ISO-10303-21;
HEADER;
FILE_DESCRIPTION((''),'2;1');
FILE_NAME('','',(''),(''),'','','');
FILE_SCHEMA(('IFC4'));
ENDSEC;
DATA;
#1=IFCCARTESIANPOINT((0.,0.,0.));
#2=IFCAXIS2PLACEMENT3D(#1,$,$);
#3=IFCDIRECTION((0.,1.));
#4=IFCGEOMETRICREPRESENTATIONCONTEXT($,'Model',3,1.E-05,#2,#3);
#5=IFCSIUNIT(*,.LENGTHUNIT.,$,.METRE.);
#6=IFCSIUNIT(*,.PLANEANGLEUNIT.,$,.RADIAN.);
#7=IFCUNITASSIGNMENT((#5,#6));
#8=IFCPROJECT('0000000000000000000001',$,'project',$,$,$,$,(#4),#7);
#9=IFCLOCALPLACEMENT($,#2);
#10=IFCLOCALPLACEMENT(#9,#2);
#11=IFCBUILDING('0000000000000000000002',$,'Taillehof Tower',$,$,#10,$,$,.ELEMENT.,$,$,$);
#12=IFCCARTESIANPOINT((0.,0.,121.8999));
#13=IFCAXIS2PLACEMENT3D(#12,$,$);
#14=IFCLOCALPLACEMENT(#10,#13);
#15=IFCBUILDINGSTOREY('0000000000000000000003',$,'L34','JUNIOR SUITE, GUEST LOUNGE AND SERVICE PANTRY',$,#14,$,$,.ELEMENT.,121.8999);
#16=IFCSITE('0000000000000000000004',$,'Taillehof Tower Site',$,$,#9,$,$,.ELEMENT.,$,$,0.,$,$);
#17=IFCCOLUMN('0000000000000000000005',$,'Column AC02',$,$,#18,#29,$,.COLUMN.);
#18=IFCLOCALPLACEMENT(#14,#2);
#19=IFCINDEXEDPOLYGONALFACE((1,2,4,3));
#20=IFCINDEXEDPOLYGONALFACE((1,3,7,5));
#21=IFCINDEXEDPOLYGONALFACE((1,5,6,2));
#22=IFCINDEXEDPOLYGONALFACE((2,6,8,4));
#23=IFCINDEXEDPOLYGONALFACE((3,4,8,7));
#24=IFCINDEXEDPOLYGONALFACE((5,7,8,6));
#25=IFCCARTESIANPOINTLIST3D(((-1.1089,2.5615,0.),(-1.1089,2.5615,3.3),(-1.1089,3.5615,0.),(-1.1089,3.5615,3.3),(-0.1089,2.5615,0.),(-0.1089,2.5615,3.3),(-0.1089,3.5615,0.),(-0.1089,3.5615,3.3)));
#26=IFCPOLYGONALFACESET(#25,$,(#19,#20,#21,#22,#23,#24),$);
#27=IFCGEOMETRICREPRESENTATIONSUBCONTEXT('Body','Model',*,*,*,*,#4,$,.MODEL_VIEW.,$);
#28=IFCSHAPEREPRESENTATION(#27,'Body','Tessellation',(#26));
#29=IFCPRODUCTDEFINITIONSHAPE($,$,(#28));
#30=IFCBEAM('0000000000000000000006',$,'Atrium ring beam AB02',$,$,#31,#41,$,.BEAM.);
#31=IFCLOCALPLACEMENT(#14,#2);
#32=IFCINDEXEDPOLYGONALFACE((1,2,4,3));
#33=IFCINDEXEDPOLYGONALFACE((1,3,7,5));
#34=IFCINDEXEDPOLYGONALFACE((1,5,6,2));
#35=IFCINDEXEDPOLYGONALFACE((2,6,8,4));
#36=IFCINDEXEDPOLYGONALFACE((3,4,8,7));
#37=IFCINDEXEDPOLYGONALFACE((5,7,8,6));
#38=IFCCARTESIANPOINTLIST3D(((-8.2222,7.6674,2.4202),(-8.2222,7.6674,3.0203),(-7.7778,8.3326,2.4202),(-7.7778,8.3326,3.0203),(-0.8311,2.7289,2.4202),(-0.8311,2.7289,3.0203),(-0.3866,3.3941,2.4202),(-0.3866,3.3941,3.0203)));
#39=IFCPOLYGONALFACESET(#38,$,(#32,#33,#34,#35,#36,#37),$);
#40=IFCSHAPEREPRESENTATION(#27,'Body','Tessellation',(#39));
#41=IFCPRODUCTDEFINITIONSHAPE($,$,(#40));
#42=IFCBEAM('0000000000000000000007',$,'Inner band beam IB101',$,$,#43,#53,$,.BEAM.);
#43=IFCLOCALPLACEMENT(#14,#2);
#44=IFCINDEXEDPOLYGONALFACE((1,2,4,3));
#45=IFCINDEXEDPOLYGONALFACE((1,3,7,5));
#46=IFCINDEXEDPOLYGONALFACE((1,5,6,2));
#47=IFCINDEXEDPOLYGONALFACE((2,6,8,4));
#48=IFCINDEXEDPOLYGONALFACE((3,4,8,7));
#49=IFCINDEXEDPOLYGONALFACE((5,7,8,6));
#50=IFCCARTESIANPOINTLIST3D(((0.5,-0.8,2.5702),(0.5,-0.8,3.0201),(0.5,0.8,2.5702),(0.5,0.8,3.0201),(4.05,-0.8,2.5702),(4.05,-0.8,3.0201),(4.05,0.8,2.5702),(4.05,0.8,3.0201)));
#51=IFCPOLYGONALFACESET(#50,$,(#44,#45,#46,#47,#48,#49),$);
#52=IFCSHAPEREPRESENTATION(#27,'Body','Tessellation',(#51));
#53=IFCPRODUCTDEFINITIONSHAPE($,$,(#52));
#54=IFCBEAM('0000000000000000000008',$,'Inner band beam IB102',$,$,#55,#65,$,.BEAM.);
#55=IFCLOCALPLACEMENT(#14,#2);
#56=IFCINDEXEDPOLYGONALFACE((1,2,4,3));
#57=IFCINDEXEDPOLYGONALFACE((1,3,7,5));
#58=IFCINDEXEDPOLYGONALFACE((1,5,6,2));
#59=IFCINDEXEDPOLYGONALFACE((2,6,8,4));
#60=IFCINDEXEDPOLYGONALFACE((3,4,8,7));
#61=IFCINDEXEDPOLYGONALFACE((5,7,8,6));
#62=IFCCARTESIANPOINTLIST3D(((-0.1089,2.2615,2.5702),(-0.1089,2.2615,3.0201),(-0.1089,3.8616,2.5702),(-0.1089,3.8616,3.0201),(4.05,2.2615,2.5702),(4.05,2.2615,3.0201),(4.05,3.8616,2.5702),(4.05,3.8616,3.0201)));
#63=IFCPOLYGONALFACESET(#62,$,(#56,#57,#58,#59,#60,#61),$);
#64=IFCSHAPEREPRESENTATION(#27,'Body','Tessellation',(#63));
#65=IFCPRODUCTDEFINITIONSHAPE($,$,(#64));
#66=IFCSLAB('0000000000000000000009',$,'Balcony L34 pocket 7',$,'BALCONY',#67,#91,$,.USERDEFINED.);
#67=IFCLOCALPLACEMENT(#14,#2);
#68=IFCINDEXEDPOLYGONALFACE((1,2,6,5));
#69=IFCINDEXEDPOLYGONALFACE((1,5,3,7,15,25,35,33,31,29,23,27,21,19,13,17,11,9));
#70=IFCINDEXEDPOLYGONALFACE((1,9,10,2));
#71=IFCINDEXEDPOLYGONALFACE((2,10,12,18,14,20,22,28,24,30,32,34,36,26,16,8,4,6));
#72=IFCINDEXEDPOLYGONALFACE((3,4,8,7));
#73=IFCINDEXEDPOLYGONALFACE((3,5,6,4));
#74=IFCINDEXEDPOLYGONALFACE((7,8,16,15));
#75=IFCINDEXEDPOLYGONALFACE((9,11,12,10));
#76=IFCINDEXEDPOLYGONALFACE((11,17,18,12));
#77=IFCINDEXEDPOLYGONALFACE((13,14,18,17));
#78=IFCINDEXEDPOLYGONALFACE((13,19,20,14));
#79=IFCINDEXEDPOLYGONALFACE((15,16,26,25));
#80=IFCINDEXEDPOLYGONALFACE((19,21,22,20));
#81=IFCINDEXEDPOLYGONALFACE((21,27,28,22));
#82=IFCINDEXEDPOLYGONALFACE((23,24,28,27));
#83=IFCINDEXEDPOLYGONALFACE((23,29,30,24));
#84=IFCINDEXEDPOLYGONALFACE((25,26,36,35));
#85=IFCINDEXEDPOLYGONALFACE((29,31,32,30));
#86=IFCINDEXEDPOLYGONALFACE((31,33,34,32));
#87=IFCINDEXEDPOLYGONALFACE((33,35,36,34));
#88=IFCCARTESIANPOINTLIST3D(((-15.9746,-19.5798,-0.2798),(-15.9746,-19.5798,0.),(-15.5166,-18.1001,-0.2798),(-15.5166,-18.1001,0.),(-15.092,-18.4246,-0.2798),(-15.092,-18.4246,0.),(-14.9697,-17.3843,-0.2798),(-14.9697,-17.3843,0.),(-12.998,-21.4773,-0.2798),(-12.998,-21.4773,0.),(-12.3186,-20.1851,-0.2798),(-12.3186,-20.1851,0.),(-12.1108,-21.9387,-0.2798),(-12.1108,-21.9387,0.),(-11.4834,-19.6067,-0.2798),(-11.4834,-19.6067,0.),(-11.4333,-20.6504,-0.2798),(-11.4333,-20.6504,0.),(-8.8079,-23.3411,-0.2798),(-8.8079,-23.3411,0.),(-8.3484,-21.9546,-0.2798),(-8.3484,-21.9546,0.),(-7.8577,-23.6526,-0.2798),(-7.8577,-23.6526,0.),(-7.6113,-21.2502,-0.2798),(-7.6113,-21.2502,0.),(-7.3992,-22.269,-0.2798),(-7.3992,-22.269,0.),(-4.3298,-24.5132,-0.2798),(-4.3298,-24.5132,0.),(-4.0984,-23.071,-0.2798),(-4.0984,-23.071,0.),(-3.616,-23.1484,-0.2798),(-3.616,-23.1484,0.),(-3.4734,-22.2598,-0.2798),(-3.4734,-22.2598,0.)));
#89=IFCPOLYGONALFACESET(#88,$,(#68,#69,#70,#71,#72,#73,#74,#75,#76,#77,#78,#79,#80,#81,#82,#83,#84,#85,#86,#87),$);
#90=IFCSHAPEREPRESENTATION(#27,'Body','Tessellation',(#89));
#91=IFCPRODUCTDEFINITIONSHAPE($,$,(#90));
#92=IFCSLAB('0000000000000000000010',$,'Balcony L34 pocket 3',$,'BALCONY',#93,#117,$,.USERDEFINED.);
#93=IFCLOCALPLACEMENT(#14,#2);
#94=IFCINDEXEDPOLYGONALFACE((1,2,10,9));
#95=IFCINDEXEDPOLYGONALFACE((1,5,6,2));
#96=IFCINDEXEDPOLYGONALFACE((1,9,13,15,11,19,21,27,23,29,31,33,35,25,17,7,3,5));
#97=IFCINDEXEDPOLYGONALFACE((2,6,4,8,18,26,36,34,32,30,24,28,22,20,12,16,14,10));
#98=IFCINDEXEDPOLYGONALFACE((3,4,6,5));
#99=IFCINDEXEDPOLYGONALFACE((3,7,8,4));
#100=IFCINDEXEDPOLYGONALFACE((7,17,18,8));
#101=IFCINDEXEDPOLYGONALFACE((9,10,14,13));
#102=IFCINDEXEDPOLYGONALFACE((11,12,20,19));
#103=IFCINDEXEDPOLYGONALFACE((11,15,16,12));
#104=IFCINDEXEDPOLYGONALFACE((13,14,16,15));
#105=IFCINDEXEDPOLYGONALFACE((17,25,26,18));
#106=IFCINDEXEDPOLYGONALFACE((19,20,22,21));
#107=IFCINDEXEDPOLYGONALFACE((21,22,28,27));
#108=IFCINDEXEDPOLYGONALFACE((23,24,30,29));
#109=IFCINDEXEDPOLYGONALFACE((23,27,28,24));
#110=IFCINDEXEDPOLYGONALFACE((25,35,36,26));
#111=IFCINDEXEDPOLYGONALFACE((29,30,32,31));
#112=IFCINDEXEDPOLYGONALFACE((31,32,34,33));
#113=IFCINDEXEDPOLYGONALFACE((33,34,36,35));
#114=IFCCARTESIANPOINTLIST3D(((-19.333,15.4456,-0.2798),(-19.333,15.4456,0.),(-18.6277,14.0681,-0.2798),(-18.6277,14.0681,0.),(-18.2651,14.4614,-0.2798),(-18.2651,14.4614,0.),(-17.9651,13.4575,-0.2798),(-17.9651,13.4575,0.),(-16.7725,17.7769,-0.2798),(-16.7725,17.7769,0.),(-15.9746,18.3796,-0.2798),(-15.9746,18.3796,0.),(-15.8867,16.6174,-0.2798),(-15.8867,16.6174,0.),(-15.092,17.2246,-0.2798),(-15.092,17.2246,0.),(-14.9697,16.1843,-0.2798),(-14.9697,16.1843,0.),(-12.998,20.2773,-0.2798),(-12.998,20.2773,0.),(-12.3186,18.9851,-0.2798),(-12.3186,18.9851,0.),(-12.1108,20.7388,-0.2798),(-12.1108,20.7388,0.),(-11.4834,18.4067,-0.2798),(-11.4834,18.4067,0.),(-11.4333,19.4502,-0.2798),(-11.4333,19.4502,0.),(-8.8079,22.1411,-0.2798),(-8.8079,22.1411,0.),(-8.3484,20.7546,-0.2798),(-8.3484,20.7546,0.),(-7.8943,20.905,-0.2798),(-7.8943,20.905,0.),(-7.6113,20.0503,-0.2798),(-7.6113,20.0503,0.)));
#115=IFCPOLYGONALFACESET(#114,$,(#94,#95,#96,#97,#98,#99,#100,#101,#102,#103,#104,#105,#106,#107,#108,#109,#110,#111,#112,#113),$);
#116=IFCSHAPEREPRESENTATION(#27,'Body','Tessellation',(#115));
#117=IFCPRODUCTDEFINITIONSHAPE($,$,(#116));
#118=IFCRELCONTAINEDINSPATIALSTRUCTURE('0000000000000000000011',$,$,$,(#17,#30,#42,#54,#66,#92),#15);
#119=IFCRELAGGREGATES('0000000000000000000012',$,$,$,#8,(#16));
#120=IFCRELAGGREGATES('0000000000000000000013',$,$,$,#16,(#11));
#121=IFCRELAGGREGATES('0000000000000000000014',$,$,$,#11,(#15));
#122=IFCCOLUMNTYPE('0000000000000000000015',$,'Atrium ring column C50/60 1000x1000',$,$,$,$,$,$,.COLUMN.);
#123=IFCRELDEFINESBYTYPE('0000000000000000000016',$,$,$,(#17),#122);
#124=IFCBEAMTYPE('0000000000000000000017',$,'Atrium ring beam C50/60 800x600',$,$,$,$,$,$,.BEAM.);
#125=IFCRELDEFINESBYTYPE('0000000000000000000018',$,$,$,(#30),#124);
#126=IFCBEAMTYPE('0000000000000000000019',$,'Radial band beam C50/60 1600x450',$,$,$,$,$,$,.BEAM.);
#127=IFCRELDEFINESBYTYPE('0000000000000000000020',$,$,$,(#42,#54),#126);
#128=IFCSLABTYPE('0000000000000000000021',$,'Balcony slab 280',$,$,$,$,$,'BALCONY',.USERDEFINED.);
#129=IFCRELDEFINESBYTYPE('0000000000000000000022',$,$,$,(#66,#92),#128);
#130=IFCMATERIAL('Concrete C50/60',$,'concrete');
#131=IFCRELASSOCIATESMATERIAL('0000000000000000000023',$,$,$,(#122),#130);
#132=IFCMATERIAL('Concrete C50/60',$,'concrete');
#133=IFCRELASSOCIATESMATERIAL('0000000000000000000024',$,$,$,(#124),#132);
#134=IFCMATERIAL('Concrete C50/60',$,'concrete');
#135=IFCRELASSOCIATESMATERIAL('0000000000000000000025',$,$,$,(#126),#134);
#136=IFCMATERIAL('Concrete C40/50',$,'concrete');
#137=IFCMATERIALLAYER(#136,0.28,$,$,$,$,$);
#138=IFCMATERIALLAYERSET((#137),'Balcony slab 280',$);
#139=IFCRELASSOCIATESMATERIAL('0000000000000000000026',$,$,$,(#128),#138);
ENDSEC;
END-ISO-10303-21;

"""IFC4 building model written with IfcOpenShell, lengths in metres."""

from ifc_helpers import new_model, si_unit, direction, frame, origin, origin_2d, place, context, subcontext, project, spatial, polyline, rectangle, outline, extrude, material, layer, layer_set, material_profile, profile_set, type_object, element, save


model = new_model("IFC4")

# Units and contexts
model_context = context("Model", 3, precision=1e-05, world=origin(), true_north=direction((0.0, 1.0)))
body_context = subcontext(model_context, "Body", "Model", "MODEL_VIEW")
ifc_project = project(units=[si_unit("LENGTHUNIT", "METRE"), si_unit("PLANEANGLEUNIT", "RADIAN")], contexts=[model_context])

# Site, building, storey
site_placement = place(None, origin())
site = spatial("IfcSite", under=ifc_project, at=site_placement, Name="Taillehof Tower Site", CompositionType="ELEMENT", RefElevation=0.0)
building_placement = place(site_placement, origin())
building = spatial("IfcBuilding", under=site, at=building_placement, Name="Taillehof Tower", CompositionType="ELEMENT")
storey_placement = place(building_placement, frame((0.0, 0.0, 121.8999)))
storey = spatial("IfcBuildingStorey", under=building, at=storey_placement, Name="L34", Description="JUNIOR SUITE, GUEST LOUNGE AND SERVICE PANTRY", CompositionType="ELEMENT", Elevation=121.8999)

# Column
ifc_material_1 = material(Name="Concrete C50/60", Category="concrete")
ifc_material_profile_1 = material_profile(ifc_material_1, rectangle(XDim=1.0, YDim=1.0, at=origin_2d()), Name="RC 1000x1000")
ifc_profile_set_1 = profile_set([ifc_material_profile_1], Name="Concrete C50/60")
column_type = type_object("IfcColumnType", Name="Atrium ring column C50/60 1000x1000", PredefinedType="COLUMN", material=ifc_profile_set_1)
column_placement = place(storey_placement, frame((-0.6089, 3.0615, 0.0), z_axis=(0.0, 0.0, 1.0), x_axis=(1.0, 0.0, 0.0)))
element("IfcColumn", 1, at=column_placement, inside=storey, type_object=column_type, Name="Column AC02", PredefinedType="COLUMN", context=body_context, shape_type="SweptSolid", body=[
    extrude(rectangle(XDim=1.0, YDim=1.0, at=origin_2d()), origin(), (0.0, 0.0, 1.0), 3.3),
])

# Beams
ifc_material_2 = material(Name="Concrete C50/60", Category="concrete")
ifc_material_profile_2 = material_profile(ifc_material_2, rectangle(XDim=0.8, YDim=0.6001, at=origin_2d()), Name="RC 800x600")
ifc_profile_set_2 = profile_set([ifc_material_profile_2], Name="Concrete C50/60")
beam_type_1 = type_object("IfcBeamType", Name="Atrium ring beam C50/60 800x600", PredefinedType="BEAM", material=ifc_profile_set_2)
beam_1_placement = place(storey_placement, frame((-0.6089, 3.0615, 2.7202), z_axis=(-0.831475, 0.555562, 0.0), x_axis=(-0.555562, -0.831475, 0.0)))
element("IfcBeam", 2, at=beam_1_placement, inside=storey, type_object=beam_type_1, Name="Atrium ring beam AB02", PredefinedType="BEAM", context=body_context, shape_type="SweptSolid", body=[
    extrude(rectangle(XDim=0.8, YDim=0.6001, at=origin_2d()), origin(), (0.0, 0.0, 1.0), 8.8892),
])
ifc_material_3 = material(Name="Concrete C50/60", Category="concrete")
ifc_material_profile_3 = material_profile(ifc_material_3, rectangle(XDim=1.6001, YDim=0.45, at=origin_2d()), Name="RC 1600x450")
ifc_profile_set_3 = profile_set([ifc_material_profile_3], Name="Concrete C50/60")
beam_type_2 = type_object("IfcBeamType", Name="Radial band beam C50/60 1600x450", PredefinedType="BEAM", material=ifc_profile_set_3)
beam_2_placement = place(storey_placement, frame((0.5, 0.0, 2.7952), z_axis=(1.0, 0.0, 0.0), x_axis=(0.0, 1.0, 0.0)))
element("IfcBeam", 3, at=beam_2_placement, inside=storey, type_object=beam_type_2, Name="Inner band beam IB101", PredefinedType="BEAM", context=body_context, shape_type="SweptSolid", body=[
    extrude(rectangle(XDim=1.6001, YDim=0.45, at=origin_2d()), origin(), (0.0, 0.0, 1.0), 3.55),
])
beam_3_placement = place(storey_placement, frame((-0.1089, 3.0615, 2.7952), z_axis=(1.0, 0.0, 0.0), x_axis=(0.0, 1.0, 0.0)))
element("IfcBeam", 4, at=beam_3_placement, inside=storey, type_object=beam_type_2, Name="Inner band beam IB102", PredefinedType="BEAM", context=body_context, shape_type="SweptSolid", body=[
    extrude(rectangle(XDim=1.6001, YDim=0.45, at=origin_2d()), origin(), (0.0, 0.0, 1.0), 4.1589),
])

# Slabs
ifc_material_4 = material(Name="Concrete C40/50", Category="concrete")
ifc_layer_1 = layer(ifc_material_4, 0.28)
ifc_layer_set_1 = layer_set([ifc_layer_1], Name="Balcony slab 280")
slab_type_1 = type_object("IfcSlabType", Name="Balcony slab 280", ElementType="BALCONY", PredefinedType="USERDEFINED", material=ifc_layer_set_1)
slab_1_placement = place(storey_placement, frame((0.0, 0.0, -0.2798)))
element("IfcSlab", 5, at=slab_1_placement, inside=storey, type_object=slab_type_1, Name="Balcony L34 pocket 7", ObjectType="BALCONY", PredefinedType="USERDEFINED", context=body_context, shape_type="SweptSolid", body=[
    extrude(outline(polyline([(-3.4734, -22.2598), (-3.616, -23.1484), (-4.0984, -23.071), (-4.3298, -24.5132), (-7.8577, -23.6526), (-7.3992, -22.269), (-8.3484, -21.9546), (-8.8079, -23.3411), (-12.1108, -21.9387), (-11.4333, -20.6504), (-12.3186, -20.1851), (-12.998, -21.4773), (-15.9746, -19.5798), (-15.092, -18.4246), (-15.5166, -18.1001), (-14.9697, -17.3843), (-11.4834, -19.6067), (-7.6113, -21.2502), (-3.4734, -22.2598)])), origin(), (0.0, 0.0, 1.0), 0.2798),
])
slab_2_placement = place(storey_placement, frame((0.0, 0.0, -0.2798)))
element("IfcSlab", 6, at=slab_2_placement, inside=storey, type_object=slab_type_1, Name="Balcony L34 pocket 3", ObjectType="BALCONY", PredefinedType="USERDEFINED", context=body_context, shape_type="SweptSolid", body=[
    extrude(outline(polyline([(-17.9651, 13.4575), (-18.6277, 14.0681), (-18.2651, 14.4614), (-19.333, 15.4456), (-16.7725, 17.7769), (-15.8867, 16.6174), (-15.092, 17.2246), (-15.9746, 18.3796), (-12.998, 20.2773), (-12.3186, 18.9851), (-11.4333, 19.4502), (-12.1108, 20.7388), (-8.8079, 22.1411), (-8.3484, 20.7546), (-7.8943, 20.905), (-7.6113, 20.0503), (-11.4834, 18.4067), (-14.9697, 16.1843), (-17.9651, 13.4575)])), origin(), (0.0, 0.0, 1.0), 0.2798),
])

save(model, "model.ifc")
